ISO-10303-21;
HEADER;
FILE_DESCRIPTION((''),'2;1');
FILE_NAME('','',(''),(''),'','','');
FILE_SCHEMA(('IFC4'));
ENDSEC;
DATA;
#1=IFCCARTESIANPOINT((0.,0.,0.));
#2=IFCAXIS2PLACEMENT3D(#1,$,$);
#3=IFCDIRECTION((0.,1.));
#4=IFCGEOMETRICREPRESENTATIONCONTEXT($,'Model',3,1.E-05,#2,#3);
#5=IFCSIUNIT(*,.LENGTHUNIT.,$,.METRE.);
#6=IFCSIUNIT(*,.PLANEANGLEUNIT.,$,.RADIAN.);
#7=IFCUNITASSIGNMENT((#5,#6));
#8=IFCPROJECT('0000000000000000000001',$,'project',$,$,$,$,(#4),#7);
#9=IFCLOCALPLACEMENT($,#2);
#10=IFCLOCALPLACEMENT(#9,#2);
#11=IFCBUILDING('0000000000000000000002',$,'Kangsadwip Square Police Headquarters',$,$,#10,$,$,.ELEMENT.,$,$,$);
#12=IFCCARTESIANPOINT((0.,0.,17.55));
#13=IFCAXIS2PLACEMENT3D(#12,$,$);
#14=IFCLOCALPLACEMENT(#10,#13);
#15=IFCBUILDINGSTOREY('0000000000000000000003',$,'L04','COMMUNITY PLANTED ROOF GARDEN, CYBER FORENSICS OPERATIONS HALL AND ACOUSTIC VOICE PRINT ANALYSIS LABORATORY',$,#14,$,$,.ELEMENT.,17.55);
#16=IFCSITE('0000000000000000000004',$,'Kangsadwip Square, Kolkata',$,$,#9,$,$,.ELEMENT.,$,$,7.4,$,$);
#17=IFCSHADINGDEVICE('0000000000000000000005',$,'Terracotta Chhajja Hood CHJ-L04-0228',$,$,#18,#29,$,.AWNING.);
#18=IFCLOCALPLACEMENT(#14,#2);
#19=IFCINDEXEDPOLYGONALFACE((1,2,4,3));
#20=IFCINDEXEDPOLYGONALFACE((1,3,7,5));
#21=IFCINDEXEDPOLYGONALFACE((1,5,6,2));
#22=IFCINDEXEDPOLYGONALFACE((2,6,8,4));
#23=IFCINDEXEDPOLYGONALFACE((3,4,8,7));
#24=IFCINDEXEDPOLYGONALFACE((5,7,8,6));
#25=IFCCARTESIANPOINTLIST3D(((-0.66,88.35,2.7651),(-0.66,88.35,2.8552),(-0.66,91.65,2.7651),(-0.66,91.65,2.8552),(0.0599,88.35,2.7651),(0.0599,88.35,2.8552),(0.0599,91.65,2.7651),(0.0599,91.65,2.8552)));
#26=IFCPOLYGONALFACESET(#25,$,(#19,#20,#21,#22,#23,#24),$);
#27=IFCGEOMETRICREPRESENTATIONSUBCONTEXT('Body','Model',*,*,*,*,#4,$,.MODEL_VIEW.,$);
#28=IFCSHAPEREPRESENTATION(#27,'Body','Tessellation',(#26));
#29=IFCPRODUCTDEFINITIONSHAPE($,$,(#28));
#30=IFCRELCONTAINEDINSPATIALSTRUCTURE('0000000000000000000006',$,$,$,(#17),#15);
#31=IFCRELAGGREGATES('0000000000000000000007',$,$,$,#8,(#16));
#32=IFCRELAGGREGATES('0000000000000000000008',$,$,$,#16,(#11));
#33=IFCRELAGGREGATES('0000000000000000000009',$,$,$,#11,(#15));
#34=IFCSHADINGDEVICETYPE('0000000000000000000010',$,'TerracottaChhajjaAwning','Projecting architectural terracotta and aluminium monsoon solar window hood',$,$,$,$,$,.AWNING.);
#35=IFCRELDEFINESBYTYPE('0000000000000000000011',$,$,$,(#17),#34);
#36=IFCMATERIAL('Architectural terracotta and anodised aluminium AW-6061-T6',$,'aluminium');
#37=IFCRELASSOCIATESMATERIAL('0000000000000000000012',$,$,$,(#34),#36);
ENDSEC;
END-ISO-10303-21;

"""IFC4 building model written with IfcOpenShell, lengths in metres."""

from ifc_helpers import new_model, si_unit, direction, frame, origin, origin_2d, place, context, subcontext, project, spatial, rectangle, extrude, material, type_object, element, save


model = new_model("IFC4")

# Units and contexts
model_context = context("Model", 3, precision=1e-05, world=origin(), true_north=direction((0.0, 1.0)))
body_context = subcontext(model_context, "Body", "Model", "MODEL_VIEW")
ifc_project = project(units=[si_unit("LENGTHUNIT", "METRE"), si_unit("PLANEANGLEUNIT", "RADIAN")], contexts=[model_context])

# Site, building, storey
site_placement = place(None, origin())
site = spatial("IfcSite", under=ifc_project, at=site_placement, Name="Kangsadwip Square, Kolkata", CompositionType="ELEMENT", RefElevation=7.4)
building_placement = place(site_placement, origin())
building = spatial("IfcBuilding", under=site, at=building_placement, Name="Kangsadwip Square Police Headquarters", CompositionType="ELEMENT")
storey_placement = place(building_placement, frame((0.0, 0.0, 17.55)))
storey = spatial("IfcBuildingStorey", under=building, at=storey_placement, Name="L04", Description="COMMUNITY PLANTED ROOF GARDEN, CYBER FORENSICS OPERATIONS HALL AND ACOUSTIC VOICE PRINT ANALYSIS LABORATORY", CompositionType="ELEMENT", Elevation=17.55)

# Shading device
ifc_material_1 = material(Name="Architectural terracotta and anodised aluminium AW-6061-T6", Category="aluminium")
shading_device_type = type_object("IfcShadingDeviceType", Name="TerracottaChhajjaAwning", Description="Projecting architectural terracotta and aluminium monsoon solar window hood", PredefinedType="AWNING", material=ifc_material_1)
shading_device_placement = place(storey_placement, frame((-0.3, 90.0, 2.7651), z_axis=(0.0, 0.0, 1.0), x_axis=(0.0, 1.0, 0.0)))
element("IfcShadingDevice", 1, at=shading_device_placement, inside=storey, type_object=shading_device_type, Name="Terracotta Chhajja Hood CHJ-L04-0228", PredefinedType="AWNING", context=body_context, shape_type="SweptSolid", body=[
    extrude(rectangle(XDim=3.3, YDim=0.72, at=origin_2d()), origin(), (0.0, 0.0, 1.0), 0.0901),
])

save(model, "model.ifc")
